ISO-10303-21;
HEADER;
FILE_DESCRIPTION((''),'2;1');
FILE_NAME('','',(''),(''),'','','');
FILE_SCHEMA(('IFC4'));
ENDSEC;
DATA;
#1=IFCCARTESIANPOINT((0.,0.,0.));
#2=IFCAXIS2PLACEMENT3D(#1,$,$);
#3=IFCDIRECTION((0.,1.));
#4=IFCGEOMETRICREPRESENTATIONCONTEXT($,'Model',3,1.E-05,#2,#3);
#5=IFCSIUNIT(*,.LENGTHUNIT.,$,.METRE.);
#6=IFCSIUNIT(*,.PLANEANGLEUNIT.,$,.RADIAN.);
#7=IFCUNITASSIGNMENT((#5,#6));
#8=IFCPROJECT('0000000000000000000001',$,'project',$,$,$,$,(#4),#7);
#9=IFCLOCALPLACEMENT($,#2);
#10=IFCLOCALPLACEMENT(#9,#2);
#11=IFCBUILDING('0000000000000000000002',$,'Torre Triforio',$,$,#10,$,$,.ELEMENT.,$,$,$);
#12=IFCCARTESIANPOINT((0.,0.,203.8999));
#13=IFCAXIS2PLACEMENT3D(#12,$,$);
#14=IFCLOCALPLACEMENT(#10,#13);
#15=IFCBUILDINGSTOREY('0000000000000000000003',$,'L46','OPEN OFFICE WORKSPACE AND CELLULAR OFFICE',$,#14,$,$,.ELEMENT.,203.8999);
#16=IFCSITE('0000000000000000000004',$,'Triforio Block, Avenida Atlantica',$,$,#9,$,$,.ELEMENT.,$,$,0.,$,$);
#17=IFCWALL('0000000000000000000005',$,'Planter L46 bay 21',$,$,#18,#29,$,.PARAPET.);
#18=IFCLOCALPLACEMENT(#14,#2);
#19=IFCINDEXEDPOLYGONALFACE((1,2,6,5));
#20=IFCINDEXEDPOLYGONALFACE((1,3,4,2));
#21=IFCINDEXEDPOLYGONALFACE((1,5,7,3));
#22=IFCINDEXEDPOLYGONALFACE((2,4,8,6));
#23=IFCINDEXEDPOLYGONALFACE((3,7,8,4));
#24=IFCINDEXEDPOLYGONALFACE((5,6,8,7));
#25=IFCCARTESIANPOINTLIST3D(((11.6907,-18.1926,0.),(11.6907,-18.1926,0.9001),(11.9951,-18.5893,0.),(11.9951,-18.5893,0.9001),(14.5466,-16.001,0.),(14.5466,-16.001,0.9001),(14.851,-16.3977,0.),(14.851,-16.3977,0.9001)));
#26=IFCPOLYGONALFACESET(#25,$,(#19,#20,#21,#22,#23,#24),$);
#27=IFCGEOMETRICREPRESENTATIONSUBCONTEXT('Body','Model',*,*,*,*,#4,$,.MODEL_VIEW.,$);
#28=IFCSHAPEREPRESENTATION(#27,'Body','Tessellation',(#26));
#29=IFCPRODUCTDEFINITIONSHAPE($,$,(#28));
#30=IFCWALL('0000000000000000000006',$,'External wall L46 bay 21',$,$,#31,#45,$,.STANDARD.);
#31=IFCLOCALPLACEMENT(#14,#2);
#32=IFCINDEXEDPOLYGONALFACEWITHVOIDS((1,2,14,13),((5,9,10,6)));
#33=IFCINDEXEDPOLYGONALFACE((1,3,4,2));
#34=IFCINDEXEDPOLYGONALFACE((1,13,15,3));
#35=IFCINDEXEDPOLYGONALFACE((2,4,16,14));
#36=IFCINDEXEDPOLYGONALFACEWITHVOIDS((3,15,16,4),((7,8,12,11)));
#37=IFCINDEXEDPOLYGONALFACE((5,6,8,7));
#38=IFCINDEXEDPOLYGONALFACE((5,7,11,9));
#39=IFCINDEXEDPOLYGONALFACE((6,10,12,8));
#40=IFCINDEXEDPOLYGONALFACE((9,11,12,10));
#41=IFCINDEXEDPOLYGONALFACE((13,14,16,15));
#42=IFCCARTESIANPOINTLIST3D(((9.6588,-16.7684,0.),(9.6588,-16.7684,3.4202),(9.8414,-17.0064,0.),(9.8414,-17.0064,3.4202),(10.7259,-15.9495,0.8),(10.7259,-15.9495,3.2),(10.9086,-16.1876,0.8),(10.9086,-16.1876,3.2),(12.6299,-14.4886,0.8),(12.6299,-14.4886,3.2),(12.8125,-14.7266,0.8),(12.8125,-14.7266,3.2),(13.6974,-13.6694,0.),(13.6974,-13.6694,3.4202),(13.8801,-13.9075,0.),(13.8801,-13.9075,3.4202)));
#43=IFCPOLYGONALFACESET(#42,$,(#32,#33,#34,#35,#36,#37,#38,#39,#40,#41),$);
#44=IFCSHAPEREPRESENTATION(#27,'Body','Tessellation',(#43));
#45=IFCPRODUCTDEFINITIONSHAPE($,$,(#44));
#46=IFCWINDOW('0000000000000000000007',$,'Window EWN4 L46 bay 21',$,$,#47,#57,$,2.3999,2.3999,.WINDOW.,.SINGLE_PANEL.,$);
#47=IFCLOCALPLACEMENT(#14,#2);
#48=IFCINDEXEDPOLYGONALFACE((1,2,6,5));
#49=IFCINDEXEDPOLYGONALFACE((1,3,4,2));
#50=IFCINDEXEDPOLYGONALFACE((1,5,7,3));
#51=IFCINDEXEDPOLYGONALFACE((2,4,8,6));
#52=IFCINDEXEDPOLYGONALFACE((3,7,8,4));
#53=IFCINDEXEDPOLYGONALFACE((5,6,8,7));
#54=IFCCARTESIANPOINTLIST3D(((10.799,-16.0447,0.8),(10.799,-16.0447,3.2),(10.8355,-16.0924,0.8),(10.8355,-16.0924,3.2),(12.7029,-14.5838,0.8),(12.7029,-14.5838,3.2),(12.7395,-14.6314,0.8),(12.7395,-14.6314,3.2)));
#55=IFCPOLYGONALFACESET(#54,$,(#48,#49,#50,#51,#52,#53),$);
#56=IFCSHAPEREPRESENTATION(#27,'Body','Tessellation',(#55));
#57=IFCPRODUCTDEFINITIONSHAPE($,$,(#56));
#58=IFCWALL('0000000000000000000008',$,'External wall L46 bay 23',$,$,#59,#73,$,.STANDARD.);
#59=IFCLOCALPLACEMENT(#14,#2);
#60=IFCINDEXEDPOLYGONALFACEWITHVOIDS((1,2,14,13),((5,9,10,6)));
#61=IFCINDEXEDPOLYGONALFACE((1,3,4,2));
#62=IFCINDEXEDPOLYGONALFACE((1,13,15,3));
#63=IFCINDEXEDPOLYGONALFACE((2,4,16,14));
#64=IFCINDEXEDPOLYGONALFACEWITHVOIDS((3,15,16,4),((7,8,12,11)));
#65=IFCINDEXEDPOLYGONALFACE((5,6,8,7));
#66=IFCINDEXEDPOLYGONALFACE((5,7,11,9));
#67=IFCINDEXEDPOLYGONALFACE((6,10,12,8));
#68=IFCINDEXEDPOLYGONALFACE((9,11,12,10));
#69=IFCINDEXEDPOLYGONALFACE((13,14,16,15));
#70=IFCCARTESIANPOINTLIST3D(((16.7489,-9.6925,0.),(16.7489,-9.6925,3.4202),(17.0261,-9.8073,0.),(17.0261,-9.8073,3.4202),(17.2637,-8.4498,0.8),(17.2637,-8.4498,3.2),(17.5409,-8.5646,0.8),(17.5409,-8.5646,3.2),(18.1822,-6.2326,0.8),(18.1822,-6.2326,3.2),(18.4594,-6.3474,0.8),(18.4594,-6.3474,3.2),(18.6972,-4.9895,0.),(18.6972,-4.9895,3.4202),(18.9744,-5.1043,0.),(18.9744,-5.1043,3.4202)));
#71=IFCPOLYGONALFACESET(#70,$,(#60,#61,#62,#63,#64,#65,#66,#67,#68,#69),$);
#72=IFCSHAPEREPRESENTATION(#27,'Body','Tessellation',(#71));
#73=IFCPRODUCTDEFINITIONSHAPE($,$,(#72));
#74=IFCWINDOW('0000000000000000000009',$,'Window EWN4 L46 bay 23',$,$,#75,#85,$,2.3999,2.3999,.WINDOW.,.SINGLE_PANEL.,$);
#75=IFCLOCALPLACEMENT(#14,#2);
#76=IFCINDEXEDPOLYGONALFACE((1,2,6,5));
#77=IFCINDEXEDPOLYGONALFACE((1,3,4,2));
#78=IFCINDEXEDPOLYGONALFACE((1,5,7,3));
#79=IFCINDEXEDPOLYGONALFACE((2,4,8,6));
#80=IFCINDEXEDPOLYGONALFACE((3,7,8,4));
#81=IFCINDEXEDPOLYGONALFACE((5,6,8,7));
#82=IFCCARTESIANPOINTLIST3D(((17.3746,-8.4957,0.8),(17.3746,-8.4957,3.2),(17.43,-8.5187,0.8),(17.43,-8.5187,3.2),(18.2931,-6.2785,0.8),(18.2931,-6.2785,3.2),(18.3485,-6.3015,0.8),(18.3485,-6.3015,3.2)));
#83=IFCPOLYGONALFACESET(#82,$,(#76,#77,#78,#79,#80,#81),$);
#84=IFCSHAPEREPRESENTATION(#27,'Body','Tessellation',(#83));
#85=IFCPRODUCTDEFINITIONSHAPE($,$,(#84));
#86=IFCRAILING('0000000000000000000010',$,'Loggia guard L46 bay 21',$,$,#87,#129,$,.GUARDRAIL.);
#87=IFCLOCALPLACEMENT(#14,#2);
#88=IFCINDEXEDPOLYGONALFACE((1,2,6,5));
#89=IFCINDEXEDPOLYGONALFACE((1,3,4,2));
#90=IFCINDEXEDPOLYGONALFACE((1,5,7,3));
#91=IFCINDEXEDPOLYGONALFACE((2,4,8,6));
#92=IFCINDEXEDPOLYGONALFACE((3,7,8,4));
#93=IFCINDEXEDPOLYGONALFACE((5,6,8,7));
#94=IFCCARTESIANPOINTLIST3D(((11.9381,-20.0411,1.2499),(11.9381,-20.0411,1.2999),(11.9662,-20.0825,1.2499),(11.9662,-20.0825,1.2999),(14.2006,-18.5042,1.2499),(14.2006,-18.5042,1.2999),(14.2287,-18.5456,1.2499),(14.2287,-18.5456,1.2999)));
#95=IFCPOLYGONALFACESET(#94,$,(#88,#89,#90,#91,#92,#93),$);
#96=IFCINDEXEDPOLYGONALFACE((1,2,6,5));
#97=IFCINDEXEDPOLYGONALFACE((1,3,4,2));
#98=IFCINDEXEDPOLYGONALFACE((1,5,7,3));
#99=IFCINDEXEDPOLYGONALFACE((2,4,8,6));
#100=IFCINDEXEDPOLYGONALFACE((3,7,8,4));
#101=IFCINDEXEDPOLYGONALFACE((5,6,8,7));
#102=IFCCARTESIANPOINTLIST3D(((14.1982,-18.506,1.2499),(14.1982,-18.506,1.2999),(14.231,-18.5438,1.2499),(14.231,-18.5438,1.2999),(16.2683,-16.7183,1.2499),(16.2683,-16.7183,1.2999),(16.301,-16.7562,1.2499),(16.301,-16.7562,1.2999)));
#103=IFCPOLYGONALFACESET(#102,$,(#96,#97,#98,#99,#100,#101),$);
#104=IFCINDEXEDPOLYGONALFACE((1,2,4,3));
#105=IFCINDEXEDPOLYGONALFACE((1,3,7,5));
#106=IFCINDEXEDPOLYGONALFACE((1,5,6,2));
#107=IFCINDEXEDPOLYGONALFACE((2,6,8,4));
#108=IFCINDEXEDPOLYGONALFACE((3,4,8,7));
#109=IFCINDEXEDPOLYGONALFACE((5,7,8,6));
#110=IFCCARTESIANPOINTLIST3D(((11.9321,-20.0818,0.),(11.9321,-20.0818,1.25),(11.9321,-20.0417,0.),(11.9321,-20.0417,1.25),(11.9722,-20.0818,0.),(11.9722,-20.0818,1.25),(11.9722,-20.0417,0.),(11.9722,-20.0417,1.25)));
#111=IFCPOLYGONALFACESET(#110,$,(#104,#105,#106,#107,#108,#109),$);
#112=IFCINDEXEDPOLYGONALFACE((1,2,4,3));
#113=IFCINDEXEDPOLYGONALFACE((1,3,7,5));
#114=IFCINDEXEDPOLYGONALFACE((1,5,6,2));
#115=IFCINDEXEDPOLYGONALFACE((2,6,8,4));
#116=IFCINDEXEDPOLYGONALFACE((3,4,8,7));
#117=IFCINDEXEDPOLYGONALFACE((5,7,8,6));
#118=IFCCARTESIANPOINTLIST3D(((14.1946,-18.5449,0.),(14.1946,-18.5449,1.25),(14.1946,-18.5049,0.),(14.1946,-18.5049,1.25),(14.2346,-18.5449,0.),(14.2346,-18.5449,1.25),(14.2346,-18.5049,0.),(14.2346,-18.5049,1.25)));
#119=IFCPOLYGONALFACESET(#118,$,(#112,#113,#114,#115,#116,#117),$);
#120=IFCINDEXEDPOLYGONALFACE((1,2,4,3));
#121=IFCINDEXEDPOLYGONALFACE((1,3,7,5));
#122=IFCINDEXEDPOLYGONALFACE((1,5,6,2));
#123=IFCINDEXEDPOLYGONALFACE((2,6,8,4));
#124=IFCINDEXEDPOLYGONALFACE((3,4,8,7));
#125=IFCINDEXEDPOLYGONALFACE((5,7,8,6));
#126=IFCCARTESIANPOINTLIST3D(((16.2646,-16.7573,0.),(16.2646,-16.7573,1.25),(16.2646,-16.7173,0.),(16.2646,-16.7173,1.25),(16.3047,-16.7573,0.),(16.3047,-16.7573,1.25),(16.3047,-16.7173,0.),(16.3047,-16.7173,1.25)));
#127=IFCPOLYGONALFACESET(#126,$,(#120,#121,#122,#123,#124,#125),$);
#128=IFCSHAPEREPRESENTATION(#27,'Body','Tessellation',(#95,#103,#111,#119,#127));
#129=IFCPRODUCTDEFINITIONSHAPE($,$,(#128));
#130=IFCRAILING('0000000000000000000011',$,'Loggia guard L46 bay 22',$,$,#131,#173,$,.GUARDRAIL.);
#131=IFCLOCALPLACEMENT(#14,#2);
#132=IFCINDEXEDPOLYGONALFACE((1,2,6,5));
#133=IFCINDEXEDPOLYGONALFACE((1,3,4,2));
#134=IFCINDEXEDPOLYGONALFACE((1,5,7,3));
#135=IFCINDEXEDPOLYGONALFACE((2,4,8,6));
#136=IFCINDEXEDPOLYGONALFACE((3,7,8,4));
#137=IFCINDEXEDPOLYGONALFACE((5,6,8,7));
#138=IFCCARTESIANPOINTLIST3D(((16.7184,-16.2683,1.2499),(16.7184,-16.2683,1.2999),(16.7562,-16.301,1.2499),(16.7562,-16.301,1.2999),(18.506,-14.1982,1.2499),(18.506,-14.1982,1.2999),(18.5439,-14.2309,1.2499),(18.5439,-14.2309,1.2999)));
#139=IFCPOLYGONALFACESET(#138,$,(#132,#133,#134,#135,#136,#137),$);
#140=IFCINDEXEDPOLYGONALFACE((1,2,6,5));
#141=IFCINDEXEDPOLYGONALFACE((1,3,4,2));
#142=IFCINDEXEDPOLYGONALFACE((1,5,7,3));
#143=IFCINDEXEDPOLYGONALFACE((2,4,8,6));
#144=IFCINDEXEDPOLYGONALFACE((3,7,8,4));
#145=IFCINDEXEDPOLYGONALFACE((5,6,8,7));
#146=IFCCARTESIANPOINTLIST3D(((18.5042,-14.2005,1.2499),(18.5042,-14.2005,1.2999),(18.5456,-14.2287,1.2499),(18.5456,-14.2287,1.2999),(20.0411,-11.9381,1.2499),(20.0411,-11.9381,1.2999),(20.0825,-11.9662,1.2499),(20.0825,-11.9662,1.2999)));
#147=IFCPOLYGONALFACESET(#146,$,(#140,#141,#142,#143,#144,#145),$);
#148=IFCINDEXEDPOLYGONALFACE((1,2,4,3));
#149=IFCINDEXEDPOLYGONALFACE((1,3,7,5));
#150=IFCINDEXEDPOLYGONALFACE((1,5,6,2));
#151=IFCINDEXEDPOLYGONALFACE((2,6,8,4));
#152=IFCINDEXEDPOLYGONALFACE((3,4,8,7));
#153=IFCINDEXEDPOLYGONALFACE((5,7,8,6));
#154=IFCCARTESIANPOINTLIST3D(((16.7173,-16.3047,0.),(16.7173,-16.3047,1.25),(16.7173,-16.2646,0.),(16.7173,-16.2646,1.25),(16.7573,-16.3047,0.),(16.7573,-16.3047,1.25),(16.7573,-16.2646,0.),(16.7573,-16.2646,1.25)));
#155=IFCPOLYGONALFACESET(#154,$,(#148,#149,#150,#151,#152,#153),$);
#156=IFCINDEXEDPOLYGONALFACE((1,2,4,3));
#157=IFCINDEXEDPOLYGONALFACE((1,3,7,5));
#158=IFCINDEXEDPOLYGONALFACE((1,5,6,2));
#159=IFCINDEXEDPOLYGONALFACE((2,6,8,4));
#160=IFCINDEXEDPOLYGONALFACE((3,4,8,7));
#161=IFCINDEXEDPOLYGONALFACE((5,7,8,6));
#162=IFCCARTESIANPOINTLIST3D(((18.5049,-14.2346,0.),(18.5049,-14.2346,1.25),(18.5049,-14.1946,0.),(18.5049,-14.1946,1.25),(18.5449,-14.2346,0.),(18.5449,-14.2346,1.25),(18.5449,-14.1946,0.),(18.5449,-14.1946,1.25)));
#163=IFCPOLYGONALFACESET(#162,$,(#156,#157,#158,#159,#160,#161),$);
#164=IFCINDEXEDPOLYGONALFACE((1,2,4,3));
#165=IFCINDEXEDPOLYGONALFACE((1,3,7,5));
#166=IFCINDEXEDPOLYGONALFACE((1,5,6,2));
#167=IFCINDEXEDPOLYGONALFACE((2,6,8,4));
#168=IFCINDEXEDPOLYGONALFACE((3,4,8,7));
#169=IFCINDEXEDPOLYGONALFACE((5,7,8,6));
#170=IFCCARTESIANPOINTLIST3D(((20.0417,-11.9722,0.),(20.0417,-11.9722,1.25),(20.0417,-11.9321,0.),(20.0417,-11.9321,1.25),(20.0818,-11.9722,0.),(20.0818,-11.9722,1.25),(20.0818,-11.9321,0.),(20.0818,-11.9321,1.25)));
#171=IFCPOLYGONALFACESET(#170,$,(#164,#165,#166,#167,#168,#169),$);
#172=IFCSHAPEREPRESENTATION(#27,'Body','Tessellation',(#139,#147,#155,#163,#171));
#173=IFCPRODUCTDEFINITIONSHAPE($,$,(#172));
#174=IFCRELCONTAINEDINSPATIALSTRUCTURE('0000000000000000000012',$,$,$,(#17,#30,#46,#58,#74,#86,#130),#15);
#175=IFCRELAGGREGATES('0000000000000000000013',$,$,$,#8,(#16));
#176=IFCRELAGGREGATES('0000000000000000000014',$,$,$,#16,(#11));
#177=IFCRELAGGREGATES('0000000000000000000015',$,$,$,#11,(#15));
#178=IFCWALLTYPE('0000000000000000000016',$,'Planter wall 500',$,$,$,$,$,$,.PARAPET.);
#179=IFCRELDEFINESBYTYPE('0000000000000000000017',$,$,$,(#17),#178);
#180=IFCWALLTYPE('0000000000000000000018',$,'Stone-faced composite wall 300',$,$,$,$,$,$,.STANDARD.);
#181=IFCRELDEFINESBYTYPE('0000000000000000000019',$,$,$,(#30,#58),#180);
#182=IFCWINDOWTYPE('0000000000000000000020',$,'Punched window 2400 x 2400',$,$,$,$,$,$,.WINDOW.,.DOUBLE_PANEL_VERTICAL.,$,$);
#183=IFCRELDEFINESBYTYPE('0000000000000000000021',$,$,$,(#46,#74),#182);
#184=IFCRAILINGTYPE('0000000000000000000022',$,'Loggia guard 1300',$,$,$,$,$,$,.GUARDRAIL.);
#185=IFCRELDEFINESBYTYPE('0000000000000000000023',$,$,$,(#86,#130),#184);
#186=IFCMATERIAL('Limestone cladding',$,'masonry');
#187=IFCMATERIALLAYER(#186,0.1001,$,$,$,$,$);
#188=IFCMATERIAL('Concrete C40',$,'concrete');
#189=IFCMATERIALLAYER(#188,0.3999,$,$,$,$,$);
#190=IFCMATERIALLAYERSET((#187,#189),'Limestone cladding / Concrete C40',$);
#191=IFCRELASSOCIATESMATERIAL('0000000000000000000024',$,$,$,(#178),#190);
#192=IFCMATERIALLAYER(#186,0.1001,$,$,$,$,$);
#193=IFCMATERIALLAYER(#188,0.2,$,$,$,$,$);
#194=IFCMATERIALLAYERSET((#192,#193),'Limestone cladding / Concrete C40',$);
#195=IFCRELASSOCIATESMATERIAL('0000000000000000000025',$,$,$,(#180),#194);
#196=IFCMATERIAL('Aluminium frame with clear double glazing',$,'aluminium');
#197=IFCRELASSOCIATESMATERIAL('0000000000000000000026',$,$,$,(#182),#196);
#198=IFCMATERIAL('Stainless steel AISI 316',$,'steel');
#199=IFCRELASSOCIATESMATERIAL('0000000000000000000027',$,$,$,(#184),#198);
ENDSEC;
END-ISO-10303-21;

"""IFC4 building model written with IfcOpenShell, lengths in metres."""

from ifc_helpers import new_model, si_unit, direction, frame, frame_2d, origin, origin_2d, place, context, subcontext, project, spatial, rectangle, extrude, material, layer, layer_set, type_object, element, fill, save


model = new_model("IFC4")

# Units and contexts
model_context = context("Model", 3, precision=1e-05, world=origin(), true_north=direction((0.0, 1.0)))
body_context = subcontext(model_context, "Body", "Model", "MODEL_VIEW")
ifc_project = project(units=[si_unit("LENGTHUNIT", "METRE"), si_unit("PLANEANGLEUNIT", "RADIAN")], contexts=[model_context])

# Site, building, storey
site_placement = place(None, origin())
site = spatial("IfcSite", under=ifc_project, at=site_placement, Name="Triforio Block, Avenida Atlantica", CompositionType="ELEMENT", RefElevation=0.0)
building_placement = place(site_placement, origin())
building = spatial("IfcBuilding", under=site, at=building_placement, Name="Torre Triforio", CompositionType="ELEMENT")
storey_placement = place(building_placement, frame((0.0, 0.0, 203.8999)))
storey = spatial("IfcBuildingStorey", under=building, at=storey_placement, Name="L46", Description="OPEN OFFICE WORKSPACE AND CELLULAR OFFICE", CompositionType="ELEMENT", Elevation=203.8999)

# Shared definitions
ifc_material_1 = material(Name="Concrete C40", Category="concrete")

# Wall
ifc_material_2 = material(Name="Limestone cladding", Category="masonry")
ifc_layer_1 = layer(ifc_material_2, 0.1001)
ifc_layer_2 = layer(ifc_material_1, 0.3999)
ifc_layer_set_1 = layer_set([ifc_layer_1, ifc_layer_2], Name="Limestone cladding / Concrete C40")
wall_type_1 = type_object("IfcWallType", Name="Planter wall 500", PredefinedType="PARAPET", material=ifc_layer_set_1)
wall_1_placement = place(storey_placement, frame((11.843, -18.3909, 0.0), z_axis=(0.0, 0.0, 1.0), x_axis=(0.793327, 0.608796, 0.0)))
element("IfcWall", 1, at=wall_1_placement, inside=storey, type_object=wall_type_1, Name="Planter L46 bay 21", PredefinedType="PARAPET", context=body_context, shape_type="SweptSolid", body=[
    extrude(rectangle(XDim=3.5999, YDim=0.5, at=frame_2d((1.7998, 0.0))), origin(), (0.0, 0.0, 1.0), 0.9001),
])

# Wall, opening, window
ifc_layer_3 = layer(ifc_material_2, 0.1001)
ifc_layer_4 = layer(ifc_material_1, 0.2)
ifc_layer_set_2 = layer_set([ifc_layer_3, ifc_layer_4], Name="Limestone cladding / Concrete C40")
wall_type_2 = type_object("IfcWallType", Name="Stone-faced composite wall 300", PredefinedType="STANDARD", material=ifc_layer_set_2)
wall_2_placement = place(storey_placement, frame((9.75, -16.8875, 0.0), z_axis=(0.0, 0.0, 1.0), x_axis=(0.793356, 0.608758, 0.0)))
wall_2 = element("IfcWall", 2, at=wall_2_placement, inside=storey, type_object=wall_type_2, Name="External wall L46 bay 21", PredefinedType="STANDARD", context=body_context, shape_type="SweptSolid", body=[
    extrude(rectangle(XDim=5.0906, YDim=0.3, at=frame_2d((2.5454, 0.0))), origin(), (0.0, 0.0, 1.0), 3.4202),
])
opening_1_placement = place(wall_2_placement, frame((1.3452, 0.0, 0.8)))
opening_1 = element("IfcOpeningElement", 3, at=opening_1_placement, cuts=wall_2, PredefinedType="OPENING", context=body_context, shape_type="SweptSolid", body=[
    extrude(rectangle(XDim=2.3999, YDim=2.3999, at=frame_2d((1.2, 1.2))), frame((0.0, 0.1599, 0.0), z_axis=(0.0, -1.0, 0.0), x_axis=(1.0, 0.0, 0.0)), (0.0, 0.0, 1.0), 0.3201),
])
ifc_material_3 = material(Name="Aluminium frame with clear double glazing", Category="aluminium")
window_type_1 = type_object("IfcWindowType", Name="Punched window 2400 x 2400", PartitioningType="DOUBLE_PANEL_VERTICAL", PredefinedType="WINDOW", material=ifc_material_3)
window_1_placement = place(opening_1_placement, origin())
window_1 = element("IfcWindow", 4, at=window_1_placement, inside=storey, type_object=window_type_1, Name="Window EWN4 L46 bay 21", OverallHeight=2.3999, OverallWidth=2.3999, PartitioningType="SINGLE_PANEL", PredefinedType="WINDOW", context=body_context, shape_type="SweptSolid", body=[
    extrude(rectangle(XDim=2.3999, YDim=2.3999, at=frame_2d((1.2, 1.2))), frame((0.0, 0.03, 0.0), z_axis=(0.0, -1.0, 0.0), x_axis=(1.0, 0.0, 0.0)), (0.0, 0.0, 1.0), 0.0601),
])
fill(opening_1, window_1)

# Wall, opening, window
wall_3_placement = place(storey_placement, frame((16.8875, -9.75, 0.0), z_axis=(0.0, 0.0, 1.0), x_axis=(0.382725, 0.923863, 0.0)))
wall_3 = element("IfcWall", 5, at=wall_3_placement, inside=storey, type_object=wall_type_2, Name="External wall L46 bay 23", PredefinedType="STANDARD", context=body_context, shape_type="SweptSolid", body=[
    extrude(rectangle(XDim=5.0906, YDim=0.3, at=frame_2d((2.5454, 0.0))), origin(), (0.0, 0.0, 1.0), 3.4202),
])
opening_2_placement = place(wall_3_placement, frame((1.3452, 0.0, 0.8)))
opening_2 = element("IfcOpeningElement", 6, at=opening_2_placement, cuts=wall_3, PredefinedType="OPENING", context=body_context, shape_type="SweptSolid", body=[
    extrude(rectangle(XDim=2.3999, YDim=2.3999, at=frame_2d((1.2, 1.2))), frame((0.0, 0.1599, 0.0), z_axis=(0.0, -1.0, 0.0), x_axis=(1.0, 0.0, 0.0)), (0.0, 0.0, 1.0), 0.3201),
])
window_2_placement = place(opening_2_placement, origin())
window_2 = element("IfcWindow", 7, at=window_2_placement, inside=storey, type_object=window_type_1, Name="Window EWN4 L46 bay 23", OverallHeight=2.3999, OverallWidth=2.3999, PartitioningType="SINGLE_PANEL", PredefinedType="WINDOW", context=body_context, shape_type="SweptSolid", body=[
    extrude(rectangle(XDim=2.3999, YDim=2.3999, at=frame_2d((1.2, 1.2))), frame((0.0, 0.03, 0.0), z_axis=(0.0, -1.0, 0.0), x_axis=(1.0, 0.0, 0.0)), (0.0, 0.0, 1.0), 0.0601),
])
fill(opening_2, window_2)

# Railings
ifc_material_4 = material(Name="Stainless steel AISI 316", Category="steel")
railing_type = type_object("IfcRailingType", Name="Loggia guard 1300", PredefinedType="GUARDRAIL", material=ifc_material_4)
railing_1_placement = place(storey_placement, frame((11.9521, -20.0618, 0.0)))
element("IfcRailing", 8, at=railing_1_placement, inside=storey, type_object=railing_type, Name="Loggia guard L46 bay 21", PredefinedType="GUARDRAIL", context=body_context, shape_type="SweptSolid", body=[
    extrude(rectangle(XDim=0.05, YDim=0.05, at=origin_2d()), frame((0.0, 0.0, 1.2749), z_axis=(0.827199, 0.56191, 0.0), x_axis=(-0.56191, 0.827199, 0.0)), (0.0, 0.0, 1.0), 2.7351),
    extrude(rectangle(XDim=0.05, YDim=0.05, at=origin_2d()), frame((2.2625, 1.5369, 1.2749), z_axis=(0.756857, 0.65358, 0.0), x_axis=(-0.65358, 0.756857, 0.0)), (0.0, 0.0, 1.0), 2.7351),
    extrude(rectangle(XDim=0.04, YDim=0.04, at=origin_2d()), origin(), (0.0, 0.0, 1.0), 1.25),
    extrude(rectangle(XDim=0.04, YDim=0.04, at=origin_2d()), frame((2.2625, 1.5369, 0.0)), (0.0, 0.0, 1.0), 1.25),
    extrude(rectangle(XDim=0.04, YDim=0.04, at=origin_2d()), frame((4.3325, 3.3245, 0.0)), (0.0, 0.0, 1.0), 1.25),
])
railing_2_placement = place(storey_placement, frame((16.7373, -16.2847, 0.0)))
element("IfcRailing", 9, at=railing_2_placement, inside=storey, type_object=railing_type, Name="Loggia guard L46 bay 22", PredefinedType="GUARDRAIL", context=body_context, shape_type="SweptSolid", body=[
    extrude(rectangle(XDim=0.05, YDim=0.05, at=origin_2d()), frame((0.0, 0.0, 1.2749), z_axis=(0.65358, 0.756857, 0.0), x_axis=(-0.756857, 0.65358, 0.0)), (0.0, 0.0, 1.0), 2.7351),
    extrude(rectangle(XDim=0.05, YDim=0.05, at=origin_2d()), frame((1.7876, 2.0701, 1.2749), z_axis=(0.56191, 0.827199, 0.0), x_axis=(-0.827199, 0.56191, 0.0)), (0.0, 0.0, 1.0), 2.7351),
    extrude(rectangle(XDim=0.04, YDim=0.04, at=origin_2d()), origin(), (0.0, 0.0, 1.0), 1.25),
    extrude(rectangle(XDim=0.04, YDim=0.04, at=origin_2d()), frame((1.7876, 2.0701, 0.0)), (0.0, 0.0, 1.0), 1.25),
    extrude(rectangle(XDim=0.04, YDim=0.04, at=origin_2d()), frame((3.3245, 4.3325, 0.0)), (0.0, 0.0, 1.0), 1.25),
])

save(model, "model.ifc")
